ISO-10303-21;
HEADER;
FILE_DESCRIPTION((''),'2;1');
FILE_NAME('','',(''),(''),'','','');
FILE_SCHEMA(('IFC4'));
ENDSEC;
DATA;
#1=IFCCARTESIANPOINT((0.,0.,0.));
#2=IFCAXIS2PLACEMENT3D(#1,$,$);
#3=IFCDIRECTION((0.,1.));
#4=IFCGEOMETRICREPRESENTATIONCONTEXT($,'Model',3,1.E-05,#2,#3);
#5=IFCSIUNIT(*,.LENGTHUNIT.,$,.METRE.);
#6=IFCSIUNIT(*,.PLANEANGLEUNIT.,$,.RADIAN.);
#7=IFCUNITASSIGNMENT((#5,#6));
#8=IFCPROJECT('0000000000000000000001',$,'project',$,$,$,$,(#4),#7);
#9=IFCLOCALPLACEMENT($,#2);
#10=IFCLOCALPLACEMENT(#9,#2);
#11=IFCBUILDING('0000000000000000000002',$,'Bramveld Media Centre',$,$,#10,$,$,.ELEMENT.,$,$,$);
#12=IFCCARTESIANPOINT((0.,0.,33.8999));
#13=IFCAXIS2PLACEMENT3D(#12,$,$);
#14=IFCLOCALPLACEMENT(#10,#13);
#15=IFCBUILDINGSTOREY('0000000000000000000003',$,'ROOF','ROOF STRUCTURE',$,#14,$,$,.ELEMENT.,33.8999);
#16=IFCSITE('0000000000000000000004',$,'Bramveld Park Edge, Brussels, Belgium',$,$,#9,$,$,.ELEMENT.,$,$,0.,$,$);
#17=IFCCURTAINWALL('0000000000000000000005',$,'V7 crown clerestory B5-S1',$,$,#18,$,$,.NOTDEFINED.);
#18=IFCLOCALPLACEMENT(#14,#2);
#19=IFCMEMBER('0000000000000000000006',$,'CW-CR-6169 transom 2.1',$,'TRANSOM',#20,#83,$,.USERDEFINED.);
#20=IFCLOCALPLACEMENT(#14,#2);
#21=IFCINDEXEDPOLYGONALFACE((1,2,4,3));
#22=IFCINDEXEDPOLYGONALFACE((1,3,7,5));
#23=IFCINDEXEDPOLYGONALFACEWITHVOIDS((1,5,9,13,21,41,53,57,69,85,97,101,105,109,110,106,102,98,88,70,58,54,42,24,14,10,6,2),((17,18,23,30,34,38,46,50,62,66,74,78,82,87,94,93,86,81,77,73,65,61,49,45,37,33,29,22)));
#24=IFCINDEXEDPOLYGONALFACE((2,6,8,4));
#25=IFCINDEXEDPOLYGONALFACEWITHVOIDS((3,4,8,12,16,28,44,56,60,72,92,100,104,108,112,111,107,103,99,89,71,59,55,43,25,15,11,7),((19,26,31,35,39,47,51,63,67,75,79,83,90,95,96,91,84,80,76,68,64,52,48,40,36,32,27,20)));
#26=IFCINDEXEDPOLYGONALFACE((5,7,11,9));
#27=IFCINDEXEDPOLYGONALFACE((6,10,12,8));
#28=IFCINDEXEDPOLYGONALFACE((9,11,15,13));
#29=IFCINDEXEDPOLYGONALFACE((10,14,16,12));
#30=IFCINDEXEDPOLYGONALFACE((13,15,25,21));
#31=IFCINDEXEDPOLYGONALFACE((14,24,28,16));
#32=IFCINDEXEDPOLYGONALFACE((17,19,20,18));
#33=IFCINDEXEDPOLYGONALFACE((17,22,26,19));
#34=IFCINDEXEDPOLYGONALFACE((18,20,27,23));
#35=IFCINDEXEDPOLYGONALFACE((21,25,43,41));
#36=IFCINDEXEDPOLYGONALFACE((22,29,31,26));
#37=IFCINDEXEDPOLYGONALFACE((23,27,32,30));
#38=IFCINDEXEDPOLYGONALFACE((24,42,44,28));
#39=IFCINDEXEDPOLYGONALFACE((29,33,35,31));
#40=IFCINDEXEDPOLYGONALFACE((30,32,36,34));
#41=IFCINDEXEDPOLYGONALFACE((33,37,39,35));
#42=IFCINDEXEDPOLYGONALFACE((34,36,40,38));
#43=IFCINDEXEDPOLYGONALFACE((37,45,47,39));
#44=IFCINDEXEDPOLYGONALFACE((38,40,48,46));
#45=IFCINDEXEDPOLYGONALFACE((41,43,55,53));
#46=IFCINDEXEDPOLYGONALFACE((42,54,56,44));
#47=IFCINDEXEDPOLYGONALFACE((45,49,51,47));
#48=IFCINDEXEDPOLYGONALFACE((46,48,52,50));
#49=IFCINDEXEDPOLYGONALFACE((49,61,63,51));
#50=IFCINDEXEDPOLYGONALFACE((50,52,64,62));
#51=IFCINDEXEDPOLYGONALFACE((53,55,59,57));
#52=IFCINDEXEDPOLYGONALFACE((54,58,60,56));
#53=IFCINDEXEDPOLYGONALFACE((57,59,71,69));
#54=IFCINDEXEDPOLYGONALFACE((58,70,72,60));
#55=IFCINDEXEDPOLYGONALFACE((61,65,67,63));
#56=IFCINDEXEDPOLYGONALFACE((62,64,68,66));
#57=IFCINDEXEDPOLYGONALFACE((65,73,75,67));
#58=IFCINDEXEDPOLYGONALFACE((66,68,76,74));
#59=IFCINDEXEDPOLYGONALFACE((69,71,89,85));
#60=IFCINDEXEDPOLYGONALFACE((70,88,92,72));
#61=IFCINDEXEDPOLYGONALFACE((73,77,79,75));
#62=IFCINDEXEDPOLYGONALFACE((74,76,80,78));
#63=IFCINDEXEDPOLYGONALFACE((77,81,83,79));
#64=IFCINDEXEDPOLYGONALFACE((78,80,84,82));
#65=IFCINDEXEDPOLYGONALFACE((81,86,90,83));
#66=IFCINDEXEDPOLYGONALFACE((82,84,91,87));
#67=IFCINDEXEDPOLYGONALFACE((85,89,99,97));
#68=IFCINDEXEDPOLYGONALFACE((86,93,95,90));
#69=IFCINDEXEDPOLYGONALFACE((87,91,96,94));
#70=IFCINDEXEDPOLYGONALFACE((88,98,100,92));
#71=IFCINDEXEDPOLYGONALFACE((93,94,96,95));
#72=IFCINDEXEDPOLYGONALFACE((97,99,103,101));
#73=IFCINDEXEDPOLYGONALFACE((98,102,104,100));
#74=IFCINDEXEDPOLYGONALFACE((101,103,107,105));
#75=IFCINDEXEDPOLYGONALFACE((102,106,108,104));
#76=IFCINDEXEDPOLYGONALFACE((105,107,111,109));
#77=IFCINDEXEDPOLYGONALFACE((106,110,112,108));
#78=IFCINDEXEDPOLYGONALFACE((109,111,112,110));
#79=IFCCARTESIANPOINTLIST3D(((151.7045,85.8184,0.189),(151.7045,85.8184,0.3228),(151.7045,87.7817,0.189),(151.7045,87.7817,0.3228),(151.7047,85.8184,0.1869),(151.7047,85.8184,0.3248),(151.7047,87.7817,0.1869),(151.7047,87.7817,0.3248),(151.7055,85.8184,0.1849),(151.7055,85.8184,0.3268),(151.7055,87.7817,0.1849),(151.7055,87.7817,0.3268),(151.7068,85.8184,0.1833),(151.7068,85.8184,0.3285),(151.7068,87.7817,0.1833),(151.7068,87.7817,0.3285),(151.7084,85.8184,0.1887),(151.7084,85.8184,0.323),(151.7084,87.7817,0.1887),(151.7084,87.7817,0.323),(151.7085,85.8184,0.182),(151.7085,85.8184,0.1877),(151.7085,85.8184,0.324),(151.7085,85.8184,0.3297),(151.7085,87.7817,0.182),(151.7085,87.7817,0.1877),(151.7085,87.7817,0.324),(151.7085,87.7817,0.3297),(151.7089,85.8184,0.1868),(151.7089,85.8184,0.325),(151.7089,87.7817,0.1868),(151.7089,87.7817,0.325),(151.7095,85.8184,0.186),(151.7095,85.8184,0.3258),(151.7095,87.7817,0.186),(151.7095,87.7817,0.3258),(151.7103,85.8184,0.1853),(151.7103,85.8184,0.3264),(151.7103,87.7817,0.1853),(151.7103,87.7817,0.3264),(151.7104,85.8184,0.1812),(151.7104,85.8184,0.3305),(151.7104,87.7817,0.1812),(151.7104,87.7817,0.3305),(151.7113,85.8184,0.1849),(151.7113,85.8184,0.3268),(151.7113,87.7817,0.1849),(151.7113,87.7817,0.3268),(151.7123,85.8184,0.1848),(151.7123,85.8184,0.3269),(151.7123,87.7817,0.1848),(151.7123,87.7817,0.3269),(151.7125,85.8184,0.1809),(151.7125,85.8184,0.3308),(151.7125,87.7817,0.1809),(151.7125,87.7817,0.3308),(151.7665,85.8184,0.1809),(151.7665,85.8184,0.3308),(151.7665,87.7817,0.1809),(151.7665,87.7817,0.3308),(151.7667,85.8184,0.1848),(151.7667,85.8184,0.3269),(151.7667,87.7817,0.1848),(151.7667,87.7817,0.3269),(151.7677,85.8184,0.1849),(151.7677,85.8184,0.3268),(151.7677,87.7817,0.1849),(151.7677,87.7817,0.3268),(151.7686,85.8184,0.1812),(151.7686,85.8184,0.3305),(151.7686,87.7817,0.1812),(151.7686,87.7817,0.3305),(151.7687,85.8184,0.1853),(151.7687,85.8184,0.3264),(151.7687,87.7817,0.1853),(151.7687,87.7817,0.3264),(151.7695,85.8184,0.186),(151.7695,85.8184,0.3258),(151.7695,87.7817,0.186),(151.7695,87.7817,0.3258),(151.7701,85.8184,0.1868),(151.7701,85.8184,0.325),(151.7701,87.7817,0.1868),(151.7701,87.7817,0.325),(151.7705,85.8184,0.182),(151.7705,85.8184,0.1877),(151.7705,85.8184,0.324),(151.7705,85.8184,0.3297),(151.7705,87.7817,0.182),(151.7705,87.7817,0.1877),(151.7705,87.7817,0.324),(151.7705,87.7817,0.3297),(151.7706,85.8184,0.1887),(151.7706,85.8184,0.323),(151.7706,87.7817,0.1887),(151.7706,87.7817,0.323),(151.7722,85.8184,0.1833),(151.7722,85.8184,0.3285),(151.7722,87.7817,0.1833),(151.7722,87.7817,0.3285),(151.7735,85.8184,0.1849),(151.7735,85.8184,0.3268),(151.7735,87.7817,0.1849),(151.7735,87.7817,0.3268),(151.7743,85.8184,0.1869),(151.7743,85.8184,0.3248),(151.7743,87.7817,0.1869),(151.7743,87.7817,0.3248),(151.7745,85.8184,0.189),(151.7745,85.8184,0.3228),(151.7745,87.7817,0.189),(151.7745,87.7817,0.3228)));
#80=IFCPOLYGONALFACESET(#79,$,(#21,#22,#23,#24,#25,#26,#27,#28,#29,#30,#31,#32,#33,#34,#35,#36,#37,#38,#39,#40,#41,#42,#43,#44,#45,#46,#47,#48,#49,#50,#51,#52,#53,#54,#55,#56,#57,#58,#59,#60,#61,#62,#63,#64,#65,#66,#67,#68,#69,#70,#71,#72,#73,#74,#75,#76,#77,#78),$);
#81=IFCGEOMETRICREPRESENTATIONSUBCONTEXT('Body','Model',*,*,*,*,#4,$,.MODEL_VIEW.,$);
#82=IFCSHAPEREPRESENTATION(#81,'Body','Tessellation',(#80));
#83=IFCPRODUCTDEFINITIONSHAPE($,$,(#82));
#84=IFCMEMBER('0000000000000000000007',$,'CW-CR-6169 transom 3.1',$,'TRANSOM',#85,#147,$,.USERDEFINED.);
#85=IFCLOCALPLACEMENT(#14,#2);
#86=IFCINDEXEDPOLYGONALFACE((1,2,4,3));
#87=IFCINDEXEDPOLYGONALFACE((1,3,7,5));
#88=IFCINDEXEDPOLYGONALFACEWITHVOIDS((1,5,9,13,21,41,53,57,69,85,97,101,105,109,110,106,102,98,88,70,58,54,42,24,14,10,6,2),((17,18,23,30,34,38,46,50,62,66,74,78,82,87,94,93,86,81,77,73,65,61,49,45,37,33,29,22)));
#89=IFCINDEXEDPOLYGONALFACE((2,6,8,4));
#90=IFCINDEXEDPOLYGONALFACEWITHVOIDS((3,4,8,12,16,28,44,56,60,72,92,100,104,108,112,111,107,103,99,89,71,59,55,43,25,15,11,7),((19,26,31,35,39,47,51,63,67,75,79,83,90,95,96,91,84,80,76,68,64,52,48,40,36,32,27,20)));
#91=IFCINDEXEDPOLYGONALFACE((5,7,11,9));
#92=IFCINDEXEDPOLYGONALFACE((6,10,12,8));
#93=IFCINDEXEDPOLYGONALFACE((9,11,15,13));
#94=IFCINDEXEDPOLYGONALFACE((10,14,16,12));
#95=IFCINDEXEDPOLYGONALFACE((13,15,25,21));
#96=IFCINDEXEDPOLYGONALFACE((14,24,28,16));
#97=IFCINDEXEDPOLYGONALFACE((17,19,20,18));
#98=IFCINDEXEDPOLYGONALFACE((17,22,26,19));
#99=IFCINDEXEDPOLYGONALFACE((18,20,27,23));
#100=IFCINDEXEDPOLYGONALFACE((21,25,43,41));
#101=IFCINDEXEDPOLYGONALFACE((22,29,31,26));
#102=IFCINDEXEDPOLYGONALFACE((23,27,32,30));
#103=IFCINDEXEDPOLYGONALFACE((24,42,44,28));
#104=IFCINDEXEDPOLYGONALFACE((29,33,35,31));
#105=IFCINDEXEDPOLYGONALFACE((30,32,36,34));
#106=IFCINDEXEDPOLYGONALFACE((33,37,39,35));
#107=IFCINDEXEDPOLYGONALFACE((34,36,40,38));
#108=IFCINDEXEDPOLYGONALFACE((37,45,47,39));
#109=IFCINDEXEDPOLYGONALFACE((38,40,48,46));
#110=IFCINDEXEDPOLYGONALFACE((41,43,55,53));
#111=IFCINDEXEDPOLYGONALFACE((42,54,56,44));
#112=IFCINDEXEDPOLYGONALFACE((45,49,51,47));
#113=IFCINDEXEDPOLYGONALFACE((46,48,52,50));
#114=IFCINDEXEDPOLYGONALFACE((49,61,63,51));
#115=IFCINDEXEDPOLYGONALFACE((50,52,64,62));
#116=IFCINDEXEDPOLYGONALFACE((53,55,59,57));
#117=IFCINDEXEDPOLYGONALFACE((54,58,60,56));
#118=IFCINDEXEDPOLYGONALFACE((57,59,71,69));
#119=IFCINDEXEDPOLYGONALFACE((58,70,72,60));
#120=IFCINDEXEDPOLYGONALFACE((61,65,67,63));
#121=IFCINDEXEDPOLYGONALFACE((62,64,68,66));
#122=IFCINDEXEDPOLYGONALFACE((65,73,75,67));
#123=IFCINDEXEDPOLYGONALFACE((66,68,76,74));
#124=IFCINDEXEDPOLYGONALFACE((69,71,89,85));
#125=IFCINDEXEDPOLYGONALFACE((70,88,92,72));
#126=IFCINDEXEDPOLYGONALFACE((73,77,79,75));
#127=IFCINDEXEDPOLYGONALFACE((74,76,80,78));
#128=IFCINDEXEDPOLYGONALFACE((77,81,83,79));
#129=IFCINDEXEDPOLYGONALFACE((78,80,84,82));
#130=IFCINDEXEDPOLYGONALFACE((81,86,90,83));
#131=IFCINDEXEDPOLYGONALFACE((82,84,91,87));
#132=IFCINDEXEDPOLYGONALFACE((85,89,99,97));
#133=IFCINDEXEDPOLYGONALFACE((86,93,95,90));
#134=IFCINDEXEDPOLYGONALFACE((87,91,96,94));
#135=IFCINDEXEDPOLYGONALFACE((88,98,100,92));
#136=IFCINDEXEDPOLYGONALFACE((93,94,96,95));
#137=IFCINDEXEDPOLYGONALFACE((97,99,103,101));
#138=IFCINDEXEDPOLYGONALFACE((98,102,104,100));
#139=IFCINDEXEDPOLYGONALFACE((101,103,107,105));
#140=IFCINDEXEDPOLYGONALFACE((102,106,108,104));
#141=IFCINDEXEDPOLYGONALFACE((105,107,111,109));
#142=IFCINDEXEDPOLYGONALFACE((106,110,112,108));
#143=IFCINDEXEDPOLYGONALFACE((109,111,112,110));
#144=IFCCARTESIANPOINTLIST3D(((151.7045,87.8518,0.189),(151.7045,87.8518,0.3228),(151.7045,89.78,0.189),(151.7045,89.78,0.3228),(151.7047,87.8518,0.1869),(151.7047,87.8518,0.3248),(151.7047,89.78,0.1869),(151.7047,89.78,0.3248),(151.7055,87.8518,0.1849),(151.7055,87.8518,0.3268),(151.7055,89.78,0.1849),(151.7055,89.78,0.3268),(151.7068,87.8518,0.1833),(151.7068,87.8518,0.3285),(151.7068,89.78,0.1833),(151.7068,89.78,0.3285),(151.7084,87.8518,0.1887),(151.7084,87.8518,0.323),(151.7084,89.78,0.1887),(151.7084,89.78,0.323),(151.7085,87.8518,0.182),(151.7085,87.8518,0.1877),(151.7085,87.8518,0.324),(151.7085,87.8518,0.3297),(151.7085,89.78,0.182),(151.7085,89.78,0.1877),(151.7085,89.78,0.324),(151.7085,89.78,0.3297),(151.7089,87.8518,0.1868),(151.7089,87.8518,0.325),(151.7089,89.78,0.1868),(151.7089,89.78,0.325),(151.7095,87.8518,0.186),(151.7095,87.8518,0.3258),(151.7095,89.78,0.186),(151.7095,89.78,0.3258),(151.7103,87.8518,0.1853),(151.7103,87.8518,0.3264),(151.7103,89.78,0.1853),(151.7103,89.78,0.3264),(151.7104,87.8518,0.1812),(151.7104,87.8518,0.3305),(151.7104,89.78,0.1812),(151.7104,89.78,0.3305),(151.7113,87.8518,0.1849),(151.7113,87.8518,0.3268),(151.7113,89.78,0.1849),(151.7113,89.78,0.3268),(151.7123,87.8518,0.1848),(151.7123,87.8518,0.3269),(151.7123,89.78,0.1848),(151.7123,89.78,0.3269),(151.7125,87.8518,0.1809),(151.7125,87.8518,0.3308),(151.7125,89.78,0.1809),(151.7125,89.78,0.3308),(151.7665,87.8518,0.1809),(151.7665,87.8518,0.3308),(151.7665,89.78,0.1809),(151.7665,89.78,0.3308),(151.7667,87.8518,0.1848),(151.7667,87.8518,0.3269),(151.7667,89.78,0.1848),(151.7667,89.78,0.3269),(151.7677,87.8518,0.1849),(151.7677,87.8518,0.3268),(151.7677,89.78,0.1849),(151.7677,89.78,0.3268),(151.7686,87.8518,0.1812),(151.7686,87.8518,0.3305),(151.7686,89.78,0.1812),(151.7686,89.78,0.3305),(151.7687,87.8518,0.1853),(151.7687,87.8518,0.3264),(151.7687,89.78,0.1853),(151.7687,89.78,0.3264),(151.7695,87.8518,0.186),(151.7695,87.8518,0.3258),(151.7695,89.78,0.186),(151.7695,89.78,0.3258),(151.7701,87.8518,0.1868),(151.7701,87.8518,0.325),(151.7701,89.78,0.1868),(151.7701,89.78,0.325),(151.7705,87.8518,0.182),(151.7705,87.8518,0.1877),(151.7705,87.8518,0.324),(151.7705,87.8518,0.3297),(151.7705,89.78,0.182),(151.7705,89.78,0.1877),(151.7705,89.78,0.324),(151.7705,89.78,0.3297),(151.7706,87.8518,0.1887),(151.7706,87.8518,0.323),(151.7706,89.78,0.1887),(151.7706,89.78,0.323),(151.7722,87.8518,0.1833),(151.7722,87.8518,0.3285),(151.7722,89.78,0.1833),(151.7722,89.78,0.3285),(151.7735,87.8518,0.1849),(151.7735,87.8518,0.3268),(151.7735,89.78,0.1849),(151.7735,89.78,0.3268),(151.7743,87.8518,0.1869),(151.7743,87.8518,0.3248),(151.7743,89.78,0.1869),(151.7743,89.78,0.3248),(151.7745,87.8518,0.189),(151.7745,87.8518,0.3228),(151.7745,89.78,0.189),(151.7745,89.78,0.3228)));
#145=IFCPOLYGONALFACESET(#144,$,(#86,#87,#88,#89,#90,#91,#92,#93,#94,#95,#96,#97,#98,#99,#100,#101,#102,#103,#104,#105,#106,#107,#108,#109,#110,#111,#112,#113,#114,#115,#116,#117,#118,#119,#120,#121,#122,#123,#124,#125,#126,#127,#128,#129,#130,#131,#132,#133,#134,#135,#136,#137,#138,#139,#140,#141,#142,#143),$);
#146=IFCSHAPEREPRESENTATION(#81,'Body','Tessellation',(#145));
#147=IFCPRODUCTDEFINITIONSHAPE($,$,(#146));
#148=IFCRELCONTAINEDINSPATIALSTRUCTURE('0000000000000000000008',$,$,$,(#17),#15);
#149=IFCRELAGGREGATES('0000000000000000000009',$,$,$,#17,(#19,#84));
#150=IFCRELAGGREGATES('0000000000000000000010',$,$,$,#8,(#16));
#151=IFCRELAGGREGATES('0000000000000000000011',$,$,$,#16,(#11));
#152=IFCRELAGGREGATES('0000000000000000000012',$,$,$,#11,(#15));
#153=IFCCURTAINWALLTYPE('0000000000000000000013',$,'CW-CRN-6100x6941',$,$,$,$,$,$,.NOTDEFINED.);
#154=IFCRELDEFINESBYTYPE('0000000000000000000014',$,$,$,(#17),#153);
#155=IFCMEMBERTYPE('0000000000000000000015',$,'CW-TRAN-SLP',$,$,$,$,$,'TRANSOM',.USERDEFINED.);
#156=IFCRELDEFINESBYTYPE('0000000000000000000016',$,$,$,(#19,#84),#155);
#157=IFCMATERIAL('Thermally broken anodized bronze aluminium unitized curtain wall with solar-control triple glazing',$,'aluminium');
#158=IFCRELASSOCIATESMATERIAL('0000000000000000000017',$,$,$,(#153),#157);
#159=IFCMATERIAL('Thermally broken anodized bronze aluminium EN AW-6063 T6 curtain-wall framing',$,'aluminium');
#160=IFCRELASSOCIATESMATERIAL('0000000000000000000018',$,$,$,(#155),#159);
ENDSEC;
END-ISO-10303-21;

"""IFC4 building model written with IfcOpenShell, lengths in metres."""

from ifc_helpers import new_model, si_unit, direction, frame, origin, origin_2d, place, context, subcontext, project, spatial, hollow_rectangle, extrude, material, material_profile, profile_set, type_object, element, aggregate, save


model = new_model("IFC4")

# Units and contexts
model_context = context("Model", 3, precision=1e-05, world=origin(), true_north=direction((0.0, 1.0)))
body_context = subcontext(model_context, "Body", "Model", "MODEL_VIEW")
ifc_project = project(units=[si_unit("LENGTHUNIT", "METRE"), si_unit("PLANEANGLEUNIT", "RADIAN")], contexts=[model_context])

# Site, building, storey
site_placement = place(None, origin())
site = spatial("IfcSite", under=ifc_project, at=site_placement, Name="Bramveld Park Edge, Brussels, Belgium", CompositionType="ELEMENT", RefElevation=0.0)
building_placement = place(site_placement, origin())
building = spatial("IfcBuilding", under=site, at=building_placement, Name="Bramveld Media Centre", CompositionType="ELEMENT")
storey_placement = place(building_placement, frame((0.0, 0.0, 33.8999)))
storey = spatial("IfcBuildingStorey", under=building, at=storey_placement, Name="ROOF", Description="ROOF STRUCTURE", CompositionType="ELEMENT", Elevation=33.8999)

# Curtain wall
ifc_material_1 = material(Name="Thermally broken anodized bronze aluminium unitized curtain wall with solar-control triple glazing", Category="aluminium")
curtain_wall_type = type_object("IfcCurtainWallType", Name="CW-CRN-6100x6941", PredefinedType="NOTDEFINED", material=ifc_material_1)
curtain_wall_1_placement = place(storey_placement, origin())
curtain_wall_1 = element("IfcCurtainWall", 1, at=curtain_wall_1_placement, inside=storey, type_object=curtain_wall_type, Name="V7 crown clerestory B5-S1", PredefinedType="NOTDEFINED")

# Members
ifc_material_2 = material(Name="Thermally broken anodized bronze aluminium EN AW-6063 T6 curtain-wall framing", Category="aluminium")
ifc_material_profile_1 = material_profile(ifc_material_2, hollow_rectangle(XDim=0.0701, YDim=0.1499, WallThickness=0.0039, InnerFilletRadius=0.0039, OuterFilletRadius=0.0081, at=origin_2d()), Name="AL-TRAN 70x150")
ifc_profile_set_1 = profile_set([ifc_material_profile_1], Name="Thermally broken anodized bronze aluminium EN AW-6063 T6 curtain-wall framing")
member_type_1 = type_object("IfcMemberType", Name="CW-TRAN-SLP", ElementType="TRANSOM", PredefinedType="USERDEFINED", material=ifc_profile_set_1)
member_1_placement = place(storey_placement, frame((151.7395, 85.8184, 0.2559), z_axis=(0.0, 1.0, 0.0), x_axis=(-1.0, 0.0, 0.0)))
member_1 = element("IfcMember", 2, at=member_1_placement, type_object=member_type_1, Name="CW-CR-6169 transom 2.1", ObjectType="TRANSOM", PredefinedType="USERDEFINED", context=body_context, shape_type="SweptSolid", body=[
    extrude(hollow_rectangle(XDim=0.0701, YDim=0.1499, WallThickness=0.0039, InnerFilletRadius=0.0039, OuterFilletRadius=0.0081, at=origin_2d()), origin(), (0.0, 0.0, 1.0), 1.9634),
])
member_2_placement = place(storey_placement, frame((151.7395, 87.8518, 0.2559), z_axis=(0.0, 1.0, 0.0), x_axis=(-1.0, 0.0, 0.0)))
member_2 = element("IfcMember", 3, at=member_2_placement, type_object=member_type_1, Name="CW-CR-6169 transom 3.1", ObjectType="TRANSOM", PredefinedType="USERDEFINED", context=body_context, shape_type="SweptSolid", body=[
    extrude(hollow_rectangle(XDim=0.0701, YDim=0.1499, WallThickness=0.0039, InnerFilletRadius=0.0039, OuterFilletRadius=0.0081, at=origin_2d()), origin(), (0.0, 0.0, 1.0), 1.9282),
])
aggregate(curtain_wall_1, [member_1, member_2])

save(model, "model.ifc")
